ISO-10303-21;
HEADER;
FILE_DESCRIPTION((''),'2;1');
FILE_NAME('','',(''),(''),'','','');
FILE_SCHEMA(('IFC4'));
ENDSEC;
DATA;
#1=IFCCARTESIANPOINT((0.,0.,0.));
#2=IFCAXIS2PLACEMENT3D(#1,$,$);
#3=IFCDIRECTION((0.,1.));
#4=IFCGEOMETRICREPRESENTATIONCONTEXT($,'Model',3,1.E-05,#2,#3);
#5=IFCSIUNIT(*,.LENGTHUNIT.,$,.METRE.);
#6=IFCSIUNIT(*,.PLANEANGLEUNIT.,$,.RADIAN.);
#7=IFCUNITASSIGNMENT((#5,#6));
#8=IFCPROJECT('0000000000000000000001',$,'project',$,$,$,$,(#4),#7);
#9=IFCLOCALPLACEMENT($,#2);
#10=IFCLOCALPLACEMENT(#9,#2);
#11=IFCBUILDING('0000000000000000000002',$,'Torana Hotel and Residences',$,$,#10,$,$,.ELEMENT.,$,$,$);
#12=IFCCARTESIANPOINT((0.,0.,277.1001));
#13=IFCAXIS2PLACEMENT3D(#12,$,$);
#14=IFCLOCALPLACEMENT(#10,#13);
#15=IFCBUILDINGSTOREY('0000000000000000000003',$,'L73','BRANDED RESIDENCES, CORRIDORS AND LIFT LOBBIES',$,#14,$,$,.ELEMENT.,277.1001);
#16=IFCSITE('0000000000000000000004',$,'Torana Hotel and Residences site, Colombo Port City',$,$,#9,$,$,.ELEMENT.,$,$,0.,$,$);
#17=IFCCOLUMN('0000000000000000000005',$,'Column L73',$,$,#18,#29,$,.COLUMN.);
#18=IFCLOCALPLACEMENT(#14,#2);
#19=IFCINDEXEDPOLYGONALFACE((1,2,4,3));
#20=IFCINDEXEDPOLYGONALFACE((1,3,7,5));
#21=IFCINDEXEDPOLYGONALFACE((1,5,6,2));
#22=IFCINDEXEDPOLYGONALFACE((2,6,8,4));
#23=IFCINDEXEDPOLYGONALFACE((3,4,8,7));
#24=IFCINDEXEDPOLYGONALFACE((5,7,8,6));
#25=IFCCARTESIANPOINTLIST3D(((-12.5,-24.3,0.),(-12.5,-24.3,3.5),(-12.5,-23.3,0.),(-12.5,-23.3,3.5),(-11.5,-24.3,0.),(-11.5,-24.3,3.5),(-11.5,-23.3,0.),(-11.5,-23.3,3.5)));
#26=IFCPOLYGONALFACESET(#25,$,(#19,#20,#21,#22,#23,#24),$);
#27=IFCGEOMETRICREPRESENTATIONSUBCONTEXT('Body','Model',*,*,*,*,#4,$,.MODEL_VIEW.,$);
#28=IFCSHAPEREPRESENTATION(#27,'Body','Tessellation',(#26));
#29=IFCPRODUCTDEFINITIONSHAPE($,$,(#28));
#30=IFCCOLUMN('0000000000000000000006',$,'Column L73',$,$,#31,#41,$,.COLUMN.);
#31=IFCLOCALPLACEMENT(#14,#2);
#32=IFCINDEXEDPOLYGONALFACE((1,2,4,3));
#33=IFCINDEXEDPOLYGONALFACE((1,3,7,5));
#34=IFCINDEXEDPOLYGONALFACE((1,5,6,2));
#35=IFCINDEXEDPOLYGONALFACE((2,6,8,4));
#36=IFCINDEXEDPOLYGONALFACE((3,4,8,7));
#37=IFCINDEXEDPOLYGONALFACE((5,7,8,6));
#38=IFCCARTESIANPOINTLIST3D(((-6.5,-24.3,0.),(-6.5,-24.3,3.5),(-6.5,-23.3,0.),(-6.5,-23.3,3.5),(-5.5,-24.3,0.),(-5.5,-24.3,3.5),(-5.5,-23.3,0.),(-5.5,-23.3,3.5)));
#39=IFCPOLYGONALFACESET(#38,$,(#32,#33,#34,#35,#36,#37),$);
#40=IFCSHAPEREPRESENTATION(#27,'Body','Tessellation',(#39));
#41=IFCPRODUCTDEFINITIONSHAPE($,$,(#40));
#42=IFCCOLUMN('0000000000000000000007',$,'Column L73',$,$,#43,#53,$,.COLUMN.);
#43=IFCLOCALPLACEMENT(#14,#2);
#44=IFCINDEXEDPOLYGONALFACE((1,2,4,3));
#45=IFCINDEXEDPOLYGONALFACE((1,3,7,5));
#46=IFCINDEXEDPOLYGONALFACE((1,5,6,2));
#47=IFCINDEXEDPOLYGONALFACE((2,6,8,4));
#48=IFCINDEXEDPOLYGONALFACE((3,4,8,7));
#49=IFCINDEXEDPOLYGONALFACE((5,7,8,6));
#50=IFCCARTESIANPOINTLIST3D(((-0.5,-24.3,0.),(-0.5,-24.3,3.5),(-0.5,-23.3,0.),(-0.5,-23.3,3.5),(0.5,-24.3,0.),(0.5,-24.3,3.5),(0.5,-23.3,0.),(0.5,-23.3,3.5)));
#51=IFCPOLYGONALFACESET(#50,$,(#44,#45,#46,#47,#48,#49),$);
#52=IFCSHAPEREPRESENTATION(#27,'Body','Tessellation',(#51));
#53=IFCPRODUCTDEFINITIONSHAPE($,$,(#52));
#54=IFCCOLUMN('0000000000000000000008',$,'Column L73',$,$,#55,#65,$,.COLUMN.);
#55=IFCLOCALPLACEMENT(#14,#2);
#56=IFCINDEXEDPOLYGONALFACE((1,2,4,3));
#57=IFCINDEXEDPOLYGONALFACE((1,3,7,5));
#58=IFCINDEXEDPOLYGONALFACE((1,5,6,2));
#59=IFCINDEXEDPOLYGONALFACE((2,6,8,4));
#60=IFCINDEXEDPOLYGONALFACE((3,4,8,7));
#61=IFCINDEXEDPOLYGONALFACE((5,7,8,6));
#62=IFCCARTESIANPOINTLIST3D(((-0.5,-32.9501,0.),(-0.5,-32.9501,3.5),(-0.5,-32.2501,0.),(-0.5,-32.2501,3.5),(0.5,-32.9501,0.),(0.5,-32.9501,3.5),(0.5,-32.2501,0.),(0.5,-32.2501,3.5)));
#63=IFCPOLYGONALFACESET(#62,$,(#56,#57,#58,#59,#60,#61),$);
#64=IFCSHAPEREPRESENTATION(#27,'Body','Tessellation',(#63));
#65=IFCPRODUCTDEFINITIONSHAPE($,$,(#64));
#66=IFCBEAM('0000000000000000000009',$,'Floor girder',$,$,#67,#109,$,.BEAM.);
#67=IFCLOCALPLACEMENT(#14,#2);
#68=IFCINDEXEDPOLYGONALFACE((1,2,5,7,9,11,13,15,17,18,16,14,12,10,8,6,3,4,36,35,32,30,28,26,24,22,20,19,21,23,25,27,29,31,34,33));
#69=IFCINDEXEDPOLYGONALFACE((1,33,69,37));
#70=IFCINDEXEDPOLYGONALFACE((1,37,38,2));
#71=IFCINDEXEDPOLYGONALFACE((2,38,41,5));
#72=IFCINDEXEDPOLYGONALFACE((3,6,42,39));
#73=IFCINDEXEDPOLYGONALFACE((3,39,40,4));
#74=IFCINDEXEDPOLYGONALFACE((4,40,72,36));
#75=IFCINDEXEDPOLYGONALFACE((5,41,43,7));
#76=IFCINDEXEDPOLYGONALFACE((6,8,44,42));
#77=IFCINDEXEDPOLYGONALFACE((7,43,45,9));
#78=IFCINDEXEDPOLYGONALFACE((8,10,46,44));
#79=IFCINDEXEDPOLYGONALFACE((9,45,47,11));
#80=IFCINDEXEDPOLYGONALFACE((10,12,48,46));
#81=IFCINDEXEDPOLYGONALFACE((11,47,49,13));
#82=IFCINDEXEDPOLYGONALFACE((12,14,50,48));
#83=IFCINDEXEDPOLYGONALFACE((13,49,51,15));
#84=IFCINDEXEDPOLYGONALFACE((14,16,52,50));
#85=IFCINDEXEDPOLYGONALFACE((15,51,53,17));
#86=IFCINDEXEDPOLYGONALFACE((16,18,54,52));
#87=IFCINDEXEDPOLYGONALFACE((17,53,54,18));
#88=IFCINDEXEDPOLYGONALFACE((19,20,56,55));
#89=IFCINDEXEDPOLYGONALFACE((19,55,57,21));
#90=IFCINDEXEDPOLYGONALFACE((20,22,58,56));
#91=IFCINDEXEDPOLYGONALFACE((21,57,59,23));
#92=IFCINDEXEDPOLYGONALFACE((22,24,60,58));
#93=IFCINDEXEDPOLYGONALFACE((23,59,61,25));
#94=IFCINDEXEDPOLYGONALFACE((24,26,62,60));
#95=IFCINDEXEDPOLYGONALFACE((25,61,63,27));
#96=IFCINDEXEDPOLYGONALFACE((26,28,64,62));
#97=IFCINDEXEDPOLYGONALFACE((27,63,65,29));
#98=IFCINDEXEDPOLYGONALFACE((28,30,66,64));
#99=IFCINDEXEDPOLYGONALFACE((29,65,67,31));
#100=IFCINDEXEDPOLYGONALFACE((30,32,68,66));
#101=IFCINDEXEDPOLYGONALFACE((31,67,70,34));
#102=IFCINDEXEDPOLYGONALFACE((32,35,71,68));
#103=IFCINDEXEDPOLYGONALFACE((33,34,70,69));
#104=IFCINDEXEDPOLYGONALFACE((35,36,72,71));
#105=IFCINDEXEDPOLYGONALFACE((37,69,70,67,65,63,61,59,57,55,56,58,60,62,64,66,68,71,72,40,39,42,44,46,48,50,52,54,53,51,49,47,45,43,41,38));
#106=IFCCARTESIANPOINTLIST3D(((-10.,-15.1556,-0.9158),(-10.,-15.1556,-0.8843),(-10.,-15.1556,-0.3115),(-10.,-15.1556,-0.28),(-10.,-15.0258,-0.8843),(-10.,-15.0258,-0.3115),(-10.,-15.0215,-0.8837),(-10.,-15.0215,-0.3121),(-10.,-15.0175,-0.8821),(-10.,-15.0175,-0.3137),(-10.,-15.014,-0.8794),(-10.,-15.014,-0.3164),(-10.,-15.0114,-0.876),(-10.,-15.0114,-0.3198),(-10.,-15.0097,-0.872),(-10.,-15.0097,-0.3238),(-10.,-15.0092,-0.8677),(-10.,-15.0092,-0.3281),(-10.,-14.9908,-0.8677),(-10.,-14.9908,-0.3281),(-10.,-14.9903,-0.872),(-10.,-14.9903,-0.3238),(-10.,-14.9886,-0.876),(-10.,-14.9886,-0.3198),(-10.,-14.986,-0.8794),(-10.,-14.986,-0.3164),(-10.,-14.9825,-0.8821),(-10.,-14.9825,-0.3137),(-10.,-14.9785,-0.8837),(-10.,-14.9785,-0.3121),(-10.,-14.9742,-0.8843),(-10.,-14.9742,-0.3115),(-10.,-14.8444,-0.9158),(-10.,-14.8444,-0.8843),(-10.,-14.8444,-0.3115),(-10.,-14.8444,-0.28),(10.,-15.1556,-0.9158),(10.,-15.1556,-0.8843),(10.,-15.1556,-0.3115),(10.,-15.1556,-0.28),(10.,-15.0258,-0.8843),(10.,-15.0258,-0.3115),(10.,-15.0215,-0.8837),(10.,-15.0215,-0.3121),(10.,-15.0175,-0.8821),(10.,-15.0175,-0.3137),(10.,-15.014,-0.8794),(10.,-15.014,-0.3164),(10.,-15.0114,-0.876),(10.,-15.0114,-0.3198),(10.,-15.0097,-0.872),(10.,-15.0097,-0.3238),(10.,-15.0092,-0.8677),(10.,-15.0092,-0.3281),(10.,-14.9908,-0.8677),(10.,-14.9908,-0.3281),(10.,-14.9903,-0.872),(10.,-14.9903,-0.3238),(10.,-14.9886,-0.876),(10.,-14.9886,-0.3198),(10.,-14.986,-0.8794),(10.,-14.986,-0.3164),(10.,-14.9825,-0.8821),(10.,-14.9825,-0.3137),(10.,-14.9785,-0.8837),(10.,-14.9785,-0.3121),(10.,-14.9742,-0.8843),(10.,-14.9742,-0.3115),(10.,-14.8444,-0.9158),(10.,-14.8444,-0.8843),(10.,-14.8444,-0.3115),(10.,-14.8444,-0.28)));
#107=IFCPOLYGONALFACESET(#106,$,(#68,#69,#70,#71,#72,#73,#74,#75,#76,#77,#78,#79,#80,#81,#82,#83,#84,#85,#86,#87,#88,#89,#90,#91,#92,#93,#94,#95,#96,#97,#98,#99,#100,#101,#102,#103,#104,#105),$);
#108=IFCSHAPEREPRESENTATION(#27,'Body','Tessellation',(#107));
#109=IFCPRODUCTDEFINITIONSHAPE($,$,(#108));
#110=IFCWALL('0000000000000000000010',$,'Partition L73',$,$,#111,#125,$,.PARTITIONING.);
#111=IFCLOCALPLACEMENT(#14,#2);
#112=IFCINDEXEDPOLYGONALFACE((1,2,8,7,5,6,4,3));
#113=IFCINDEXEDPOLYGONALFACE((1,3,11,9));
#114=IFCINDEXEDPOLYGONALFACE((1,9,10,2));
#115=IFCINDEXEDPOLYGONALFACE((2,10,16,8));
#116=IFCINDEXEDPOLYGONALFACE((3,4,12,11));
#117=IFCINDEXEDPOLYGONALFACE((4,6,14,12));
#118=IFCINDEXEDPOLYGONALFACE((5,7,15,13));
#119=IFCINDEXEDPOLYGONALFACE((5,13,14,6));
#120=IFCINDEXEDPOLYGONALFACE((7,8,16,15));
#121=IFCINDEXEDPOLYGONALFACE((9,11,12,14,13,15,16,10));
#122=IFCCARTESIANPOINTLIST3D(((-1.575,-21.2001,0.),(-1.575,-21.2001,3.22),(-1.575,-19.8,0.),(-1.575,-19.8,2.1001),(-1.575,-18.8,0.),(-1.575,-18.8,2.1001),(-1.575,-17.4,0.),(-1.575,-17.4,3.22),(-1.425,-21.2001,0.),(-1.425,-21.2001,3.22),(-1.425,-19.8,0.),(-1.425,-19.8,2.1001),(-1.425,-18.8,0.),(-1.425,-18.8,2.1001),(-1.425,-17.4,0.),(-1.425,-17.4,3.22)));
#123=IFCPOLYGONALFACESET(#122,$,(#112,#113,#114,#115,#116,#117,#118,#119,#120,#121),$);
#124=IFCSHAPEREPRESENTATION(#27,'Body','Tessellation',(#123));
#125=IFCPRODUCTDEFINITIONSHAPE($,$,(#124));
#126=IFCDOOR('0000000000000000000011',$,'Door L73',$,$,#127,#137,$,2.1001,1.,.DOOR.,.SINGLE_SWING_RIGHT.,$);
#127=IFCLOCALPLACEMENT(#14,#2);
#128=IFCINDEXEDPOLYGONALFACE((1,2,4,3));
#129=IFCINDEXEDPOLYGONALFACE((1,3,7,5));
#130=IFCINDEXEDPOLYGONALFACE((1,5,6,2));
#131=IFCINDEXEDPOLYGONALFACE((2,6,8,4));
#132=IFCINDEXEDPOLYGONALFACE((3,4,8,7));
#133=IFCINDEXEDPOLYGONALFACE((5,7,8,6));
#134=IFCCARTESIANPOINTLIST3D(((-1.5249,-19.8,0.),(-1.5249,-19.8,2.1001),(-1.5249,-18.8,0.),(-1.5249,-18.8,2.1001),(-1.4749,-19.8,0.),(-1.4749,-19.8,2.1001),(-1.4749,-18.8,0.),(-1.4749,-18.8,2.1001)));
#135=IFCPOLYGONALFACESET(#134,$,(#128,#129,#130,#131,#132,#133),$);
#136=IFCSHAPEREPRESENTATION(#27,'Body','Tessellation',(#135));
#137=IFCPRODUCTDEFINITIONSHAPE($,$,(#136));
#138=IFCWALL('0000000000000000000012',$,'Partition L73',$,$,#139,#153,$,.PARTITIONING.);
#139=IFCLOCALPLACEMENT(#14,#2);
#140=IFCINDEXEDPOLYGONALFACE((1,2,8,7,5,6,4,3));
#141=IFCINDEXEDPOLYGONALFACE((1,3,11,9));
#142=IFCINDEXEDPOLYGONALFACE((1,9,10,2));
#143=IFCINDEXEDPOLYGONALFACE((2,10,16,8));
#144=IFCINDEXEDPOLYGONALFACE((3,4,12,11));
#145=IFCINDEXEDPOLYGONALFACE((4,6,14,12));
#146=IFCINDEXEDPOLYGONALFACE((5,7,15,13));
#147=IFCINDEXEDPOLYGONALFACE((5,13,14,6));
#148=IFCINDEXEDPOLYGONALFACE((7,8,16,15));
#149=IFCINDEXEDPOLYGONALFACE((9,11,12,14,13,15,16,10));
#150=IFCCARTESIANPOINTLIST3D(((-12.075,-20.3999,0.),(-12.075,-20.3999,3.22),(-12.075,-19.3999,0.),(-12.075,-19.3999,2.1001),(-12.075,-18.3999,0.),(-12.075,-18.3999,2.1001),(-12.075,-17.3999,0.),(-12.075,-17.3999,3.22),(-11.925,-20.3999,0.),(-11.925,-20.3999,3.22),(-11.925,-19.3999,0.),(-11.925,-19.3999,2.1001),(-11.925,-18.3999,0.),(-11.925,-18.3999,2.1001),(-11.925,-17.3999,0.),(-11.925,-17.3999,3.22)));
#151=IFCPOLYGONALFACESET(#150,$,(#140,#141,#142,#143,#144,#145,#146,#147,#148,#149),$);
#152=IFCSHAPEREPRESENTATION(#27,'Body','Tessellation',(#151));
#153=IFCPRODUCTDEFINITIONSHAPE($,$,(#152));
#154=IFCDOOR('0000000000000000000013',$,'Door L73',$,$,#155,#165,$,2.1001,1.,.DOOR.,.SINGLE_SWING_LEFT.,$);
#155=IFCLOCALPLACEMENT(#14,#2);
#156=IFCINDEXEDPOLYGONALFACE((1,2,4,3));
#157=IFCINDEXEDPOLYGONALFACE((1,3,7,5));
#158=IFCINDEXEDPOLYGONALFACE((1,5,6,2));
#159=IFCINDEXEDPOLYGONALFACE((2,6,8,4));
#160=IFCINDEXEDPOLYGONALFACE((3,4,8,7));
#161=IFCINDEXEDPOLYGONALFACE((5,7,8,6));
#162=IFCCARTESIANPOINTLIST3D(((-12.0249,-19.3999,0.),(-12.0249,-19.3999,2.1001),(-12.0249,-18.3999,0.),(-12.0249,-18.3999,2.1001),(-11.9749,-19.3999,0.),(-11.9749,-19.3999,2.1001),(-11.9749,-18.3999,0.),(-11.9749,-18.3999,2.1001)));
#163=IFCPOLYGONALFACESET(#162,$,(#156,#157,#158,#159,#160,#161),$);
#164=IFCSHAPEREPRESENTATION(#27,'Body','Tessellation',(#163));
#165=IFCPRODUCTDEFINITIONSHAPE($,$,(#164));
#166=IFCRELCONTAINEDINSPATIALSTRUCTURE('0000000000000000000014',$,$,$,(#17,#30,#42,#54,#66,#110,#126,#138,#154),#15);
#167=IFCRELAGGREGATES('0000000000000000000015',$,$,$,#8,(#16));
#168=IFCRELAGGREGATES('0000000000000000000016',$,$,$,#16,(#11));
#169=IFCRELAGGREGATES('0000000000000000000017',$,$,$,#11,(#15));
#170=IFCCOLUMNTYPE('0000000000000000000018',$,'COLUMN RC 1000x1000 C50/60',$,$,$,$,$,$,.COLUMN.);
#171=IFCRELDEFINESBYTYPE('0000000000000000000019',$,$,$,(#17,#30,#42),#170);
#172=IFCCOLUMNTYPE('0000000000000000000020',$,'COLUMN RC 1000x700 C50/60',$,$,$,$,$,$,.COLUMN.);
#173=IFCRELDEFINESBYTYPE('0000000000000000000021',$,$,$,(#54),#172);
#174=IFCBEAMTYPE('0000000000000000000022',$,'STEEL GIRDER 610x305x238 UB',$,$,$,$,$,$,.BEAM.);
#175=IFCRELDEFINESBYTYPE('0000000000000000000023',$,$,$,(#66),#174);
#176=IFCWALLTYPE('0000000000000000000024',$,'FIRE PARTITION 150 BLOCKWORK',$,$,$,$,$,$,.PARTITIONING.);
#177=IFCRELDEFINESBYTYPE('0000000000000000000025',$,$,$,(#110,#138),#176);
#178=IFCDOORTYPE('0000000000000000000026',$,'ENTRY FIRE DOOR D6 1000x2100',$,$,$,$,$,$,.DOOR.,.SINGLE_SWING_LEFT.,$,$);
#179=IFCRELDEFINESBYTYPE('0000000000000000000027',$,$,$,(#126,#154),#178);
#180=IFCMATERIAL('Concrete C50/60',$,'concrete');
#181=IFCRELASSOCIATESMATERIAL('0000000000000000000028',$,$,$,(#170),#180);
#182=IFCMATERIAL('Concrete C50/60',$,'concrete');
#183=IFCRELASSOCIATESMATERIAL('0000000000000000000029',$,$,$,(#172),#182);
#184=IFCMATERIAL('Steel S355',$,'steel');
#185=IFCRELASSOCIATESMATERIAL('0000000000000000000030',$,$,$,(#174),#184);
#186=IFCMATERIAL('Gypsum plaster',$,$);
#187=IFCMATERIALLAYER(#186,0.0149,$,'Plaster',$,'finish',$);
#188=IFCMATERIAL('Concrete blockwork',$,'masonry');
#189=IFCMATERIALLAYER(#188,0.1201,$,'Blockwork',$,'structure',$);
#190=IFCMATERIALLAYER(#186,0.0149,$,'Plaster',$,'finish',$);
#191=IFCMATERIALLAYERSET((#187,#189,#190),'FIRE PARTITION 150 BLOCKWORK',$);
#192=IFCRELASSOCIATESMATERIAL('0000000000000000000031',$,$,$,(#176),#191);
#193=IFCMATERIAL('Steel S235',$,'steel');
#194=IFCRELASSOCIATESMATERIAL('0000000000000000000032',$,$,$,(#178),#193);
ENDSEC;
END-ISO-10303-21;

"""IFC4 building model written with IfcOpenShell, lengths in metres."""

from ifc_helpers import new_model, si_unit, direction, frame, frame_2d, origin, origin_2d, place, context, subcontext, project, spatial, rectangle, i_section, extrude, material, layer, layer_set, material_profile, profile_set, type_object, element, fill, save


model = new_model("IFC4")

# Units and contexts
model_context = context("Model", 3, precision=1e-05, world=origin(), true_north=direction((0.0, 1.0)))
body_context = subcontext(model_context, "Body", "Model", "MODEL_VIEW")
ifc_project = project(units=[si_unit("LENGTHUNIT", "METRE"), si_unit("PLANEANGLEUNIT", "RADIAN")], contexts=[model_context])

# Site, building, storey
site_placement = place(None, origin())
site = spatial("IfcSite", under=ifc_project, at=site_placement, Name="Torana Hotel and Residences site, Colombo Port City", CompositionType="ELEMENT", RefElevation=0.0)
building_placement = place(site_placement, origin())
building = spatial("IfcBuilding", under=site, at=building_placement, Name="Torana Hotel and Residences", CompositionType="ELEMENT")
storey_placement = place(building_placement, frame((0.0, 0.0, 277.1001)))
storey = spatial("IfcBuildingStorey", under=building, at=storey_placement, Name="L73", Description="BRANDED RESIDENCES, CORRIDORS AND LIFT LOBBIES", CompositionType="ELEMENT", Elevation=277.1001)

# Columns
ifc_material_1 = material(Name="Concrete C50/60", Category="concrete")
ifc_material_profile_1 = material_profile(ifc_material_1, rectangle(XDim=1.0, YDim=1.0, at=origin_2d()), Name="RC 1000x1000")
ifc_profile_set_1 = profile_set([ifc_material_profile_1], Name="Concrete C50/60")
column_type_1 = type_object("IfcColumnType", Name="COLUMN RC 1000x1000 C50/60", PredefinedType="COLUMN", material=ifc_profile_set_1)
for number, where, z_axis, x_axis, name in (
    (1, (-12.0, -23.8, 0.0), (0.0, 0.0, 1.0), (1.0, 0.0, 0.0), "Column L73"),
    (2, (-6.0, -23.8, 0.0), (0.0, 0.0, 1.0), (1.0, 0.0, 0.0), "Column L73"),
    (3, (0.0, -23.8, 0.0), (0.0, 0.0, 1.0), (1.0, 0.0, 0.0), "Column L73"),
):
    element("IfcColumn", number, at=place(storey_placement, frame(where, z_axis=z_axis, x_axis=x_axis)), inside=storey, type_object=column_type_1, Name=name, PredefinedType="COLUMN", context=body_context, shape_type="SweptSolid", body=[
        extrude(rectangle(XDim=1.0, YDim=1.0, at=origin_2d()), origin(), (0.0, 0.0, 1.0), 3.5),
    ])
ifc_material_2 = material(Name="Concrete C50/60", Category="concrete")
ifc_material_profile_2 = material_profile(ifc_material_2, rectangle(XDim=1.0, YDim=0.7, at=origin_2d()), Name="RC 1000x700")
ifc_profile_set_2 = profile_set([ifc_material_profile_2], Name="Concrete C50/60")
column_type_2 = type_object("IfcColumnType", Name="COLUMN RC 1000x700 C50/60", PredefinedType="COLUMN", material=ifc_profile_set_2)
column_placement = place(storey_placement, frame((0.0, -32.6001, 0.0), z_axis=(0.0, 0.0, 1.0), x_axis=(1.0, 0.0, 0.0)))
element("IfcColumn", 4, at=column_placement, inside=storey, type_object=column_type_2, Name="Column L73", PredefinedType="COLUMN", context=body_context, shape_type="SweptSolid", body=[
    extrude(rectangle(XDim=1.0, YDim=0.7, at=origin_2d()), origin(), (0.0, 0.0, 1.0), 3.5),
])

# Beam
ifc_material_3 = material(Name="Steel S355", Category="steel")
ifc_material_profile_3 = material_profile(ifc_material_3, i_section(OverallWidth=0.3113, OverallDepth=0.6357, WebThickness=0.0183, FlangeThickness=0.0315, FilletRadius=0.0166, at=origin_2d()), Name="610x305x238 UB")
ifc_profile_set_3 = profile_set([ifc_material_profile_3], Name="Steel S355")
beam_type = type_object("IfcBeamType", Name="STEEL GIRDER 610x305x238 UB", PredefinedType="BEAM", material=ifc_profile_set_3)
beam_placement = place(storey_placement, frame((-10.0, -15.0, -0.5979), z_axis=(1.0, 0.0, 0.0), x_axis=(0.0, 1.0, 0.0)))
element("IfcBeam", 5, at=beam_placement, inside=storey, type_object=beam_type, Name="Floor girder", PredefinedType="BEAM", context=body_context, shape_type="SweptSolid", body=[
    extrude(i_section(OverallWidth=0.3113, OverallDepth=0.6357, WebThickness=0.0183, FlangeThickness=0.0315, FilletRadius=0.0166, at=origin_2d()), origin(), (0.0, 0.0, 1.0), 20.0),
])

# Walls, openings, doors
ifc_material_4 = material(Name="Gypsum plaster")
ifc_layer_1 = layer(ifc_material_4, 0.0149, Name="Plaster", Category="finish")
ifc_material_5 = material(Name="Concrete blockwork", Category="masonry")
ifc_layer_2 = layer(ifc_material_5, 0.1201, Name="Blockwork", Category="structure")
ifc_layer_3 = layer(ifc_material_4, 0.0149, Name="Plaster", Category="finish")
ifc_layer_set_1 = layer_set([ifc_layer_1, ifc_layer_2, ifc_layer_3], Name="FIRE PARTITION 150 BLOCKWORK")
wall_type_1 = type_object("IfcWallType", Name="FIRE PARTITION 150 BLOCKWORK", PredefinedType="PARTITIONING", material=ifc_layer_set_1)
wall_1_placement = place(storey_placement, frame((-1.5, -21.2, 0.0), z_axis=(0.0, 0.0, 1.0), x_axis=(0.0, 1.0, 0.0)))
wall_1 = element("IfcWall", 6, at=wall_1_placement, inside=storey, type_object=wall_type_1, Name="Partition L73", PredefinedType="PARTITIONING", context=body_context, shape_type="SweptSolid", body=[
    extrude(rectangle(XDim=3.8, YDim=0.1499, at=frame_2d((1.8999, 0.0))), origin(), (0.0, 0.0, 1.0), 3.22),
])
opening_1_placement = place(wall_1_placement, frame((1.3999, 0.0, 0.0)))
opening_1 = element("IfcOpeningElement", 7, at=opening_1_placement, cuts=wall_1, PredefinedType="OPENING", context=body_context, shape_type="SweptSolid", body=[
    extrude(rectangle(XDim=1.0, YDim=2.1001, at=frame_2d((0.5, 1.05))), frame((0.0, 0.085, 0.0), z_axis=(0.0, -1.0, 0.0), x_axis=(1.0, 0.0, 0.0)), (0.0, 0.0, 1.0), 0.1699),
])
ifc_material_6 = material(Name="Steel S235", Category="steel")
door_type_1 = type_object("IfcDoorType", Name="ENTRY FIRE DOOR D6 1000x2100", OperationType="SINGLE_SWING_LEFT", PredefinedType="DOOR", material=ifc_material_6)
door_1_placement = place(opening_1_placement, origin())
door_1 = element("IfcDoor", 8, at=door_1_placement, inside=storey, type_object=door_type_1, Name="Door L73", OperationType="SINGLE_SWING_RIGHT", OverallHeight=2.1001, OverallWidth=1.0, PredefinedType="DOOR", context=body_context, shape_type="SweptSolid", body=[
    extrude(rectangle(XDim=1.0, YDim=2.1001, at=frame_2d((0.5, 1.05))), frame((0.0, 0.0249, 0.0), z_axis=(0.0, -1.0, 0.0), x_axis=(1.0, 0.0, 0.0)), (0.0, 0.0, 1.0), 0.05),
])
fill(opening_1, door_1)
wall_2_placement = place(storey_placement, frame((-12.0, -20.3999, 0.0), z_axis=(0.0, 0.0, 1.0), x_axis=(0.0, 1.0, 0.0)))
wall_2 = element("IfcWall", 9, at=wall_2_placement, inside=storey, type_object=wall_type_1, Name="Partition L73", PredefinedType="PARTITIONING", context=body_context, shape_type="SweptSolid", body=[
    extrude(rectangle(XDim=3.0, YDim=0.1499, at=frame_2d((1.5, 0.0))), origin(), (0.0, 0.0, 1.0), 3.22),
])
opening_2_placement = place(wall_2_placement, frame((1.0, 0.0, 0.0)))
opening_2 = element("IfcOpeningElement", 10, at=opening_2_placement, cuts=wall_2, PredefinedType="OPENING", context=body_context, shape_type="SweptSolid", body=[
    extrude(rectangle(XDim=1.0, YDim=2.1001, at=frame_2d((0.5, 1.05))), frame((0.0, 0.085, 0.0), z_axis=(0.0, -1.0, 0.0), x_axis=(1.0, 0.0, 0.0)), (0.0, 0.0, 1.0), 0.1699),
])
door_2_placement = place(opening_2_placement, frame((0.5, 0.0, 0.0), z_axis=(0.0, 0.0, 1.0), x_axis=(-1.0, 0.0, 0.0)))
door_2 = element("IfcDoor", 11, at=door_2_placement, inside=storey, type_object=door_type_1, Name="Door L73", OperationType="SINGLE_SWING_LEFT", OverallHeight=2.1001, OverallWidth=1.0, PredefinedType="DOOR", context=body_context, shape_type="SweptSolid", body=[
    extrude(rectangle(XDim=1.0, YDim=2.1001, at=frame_2d((0.0, 1.05))), frame((0.0, -0.0249, 0.0), z_axis=(0.0, 1.0, 0.0), x_axis=(-1.0, 0.0, 0.0)), (0.0, 0.0, 1.0), 0.05),
])
fill(opening_2, door_2)

save(model, "model.ifc")
